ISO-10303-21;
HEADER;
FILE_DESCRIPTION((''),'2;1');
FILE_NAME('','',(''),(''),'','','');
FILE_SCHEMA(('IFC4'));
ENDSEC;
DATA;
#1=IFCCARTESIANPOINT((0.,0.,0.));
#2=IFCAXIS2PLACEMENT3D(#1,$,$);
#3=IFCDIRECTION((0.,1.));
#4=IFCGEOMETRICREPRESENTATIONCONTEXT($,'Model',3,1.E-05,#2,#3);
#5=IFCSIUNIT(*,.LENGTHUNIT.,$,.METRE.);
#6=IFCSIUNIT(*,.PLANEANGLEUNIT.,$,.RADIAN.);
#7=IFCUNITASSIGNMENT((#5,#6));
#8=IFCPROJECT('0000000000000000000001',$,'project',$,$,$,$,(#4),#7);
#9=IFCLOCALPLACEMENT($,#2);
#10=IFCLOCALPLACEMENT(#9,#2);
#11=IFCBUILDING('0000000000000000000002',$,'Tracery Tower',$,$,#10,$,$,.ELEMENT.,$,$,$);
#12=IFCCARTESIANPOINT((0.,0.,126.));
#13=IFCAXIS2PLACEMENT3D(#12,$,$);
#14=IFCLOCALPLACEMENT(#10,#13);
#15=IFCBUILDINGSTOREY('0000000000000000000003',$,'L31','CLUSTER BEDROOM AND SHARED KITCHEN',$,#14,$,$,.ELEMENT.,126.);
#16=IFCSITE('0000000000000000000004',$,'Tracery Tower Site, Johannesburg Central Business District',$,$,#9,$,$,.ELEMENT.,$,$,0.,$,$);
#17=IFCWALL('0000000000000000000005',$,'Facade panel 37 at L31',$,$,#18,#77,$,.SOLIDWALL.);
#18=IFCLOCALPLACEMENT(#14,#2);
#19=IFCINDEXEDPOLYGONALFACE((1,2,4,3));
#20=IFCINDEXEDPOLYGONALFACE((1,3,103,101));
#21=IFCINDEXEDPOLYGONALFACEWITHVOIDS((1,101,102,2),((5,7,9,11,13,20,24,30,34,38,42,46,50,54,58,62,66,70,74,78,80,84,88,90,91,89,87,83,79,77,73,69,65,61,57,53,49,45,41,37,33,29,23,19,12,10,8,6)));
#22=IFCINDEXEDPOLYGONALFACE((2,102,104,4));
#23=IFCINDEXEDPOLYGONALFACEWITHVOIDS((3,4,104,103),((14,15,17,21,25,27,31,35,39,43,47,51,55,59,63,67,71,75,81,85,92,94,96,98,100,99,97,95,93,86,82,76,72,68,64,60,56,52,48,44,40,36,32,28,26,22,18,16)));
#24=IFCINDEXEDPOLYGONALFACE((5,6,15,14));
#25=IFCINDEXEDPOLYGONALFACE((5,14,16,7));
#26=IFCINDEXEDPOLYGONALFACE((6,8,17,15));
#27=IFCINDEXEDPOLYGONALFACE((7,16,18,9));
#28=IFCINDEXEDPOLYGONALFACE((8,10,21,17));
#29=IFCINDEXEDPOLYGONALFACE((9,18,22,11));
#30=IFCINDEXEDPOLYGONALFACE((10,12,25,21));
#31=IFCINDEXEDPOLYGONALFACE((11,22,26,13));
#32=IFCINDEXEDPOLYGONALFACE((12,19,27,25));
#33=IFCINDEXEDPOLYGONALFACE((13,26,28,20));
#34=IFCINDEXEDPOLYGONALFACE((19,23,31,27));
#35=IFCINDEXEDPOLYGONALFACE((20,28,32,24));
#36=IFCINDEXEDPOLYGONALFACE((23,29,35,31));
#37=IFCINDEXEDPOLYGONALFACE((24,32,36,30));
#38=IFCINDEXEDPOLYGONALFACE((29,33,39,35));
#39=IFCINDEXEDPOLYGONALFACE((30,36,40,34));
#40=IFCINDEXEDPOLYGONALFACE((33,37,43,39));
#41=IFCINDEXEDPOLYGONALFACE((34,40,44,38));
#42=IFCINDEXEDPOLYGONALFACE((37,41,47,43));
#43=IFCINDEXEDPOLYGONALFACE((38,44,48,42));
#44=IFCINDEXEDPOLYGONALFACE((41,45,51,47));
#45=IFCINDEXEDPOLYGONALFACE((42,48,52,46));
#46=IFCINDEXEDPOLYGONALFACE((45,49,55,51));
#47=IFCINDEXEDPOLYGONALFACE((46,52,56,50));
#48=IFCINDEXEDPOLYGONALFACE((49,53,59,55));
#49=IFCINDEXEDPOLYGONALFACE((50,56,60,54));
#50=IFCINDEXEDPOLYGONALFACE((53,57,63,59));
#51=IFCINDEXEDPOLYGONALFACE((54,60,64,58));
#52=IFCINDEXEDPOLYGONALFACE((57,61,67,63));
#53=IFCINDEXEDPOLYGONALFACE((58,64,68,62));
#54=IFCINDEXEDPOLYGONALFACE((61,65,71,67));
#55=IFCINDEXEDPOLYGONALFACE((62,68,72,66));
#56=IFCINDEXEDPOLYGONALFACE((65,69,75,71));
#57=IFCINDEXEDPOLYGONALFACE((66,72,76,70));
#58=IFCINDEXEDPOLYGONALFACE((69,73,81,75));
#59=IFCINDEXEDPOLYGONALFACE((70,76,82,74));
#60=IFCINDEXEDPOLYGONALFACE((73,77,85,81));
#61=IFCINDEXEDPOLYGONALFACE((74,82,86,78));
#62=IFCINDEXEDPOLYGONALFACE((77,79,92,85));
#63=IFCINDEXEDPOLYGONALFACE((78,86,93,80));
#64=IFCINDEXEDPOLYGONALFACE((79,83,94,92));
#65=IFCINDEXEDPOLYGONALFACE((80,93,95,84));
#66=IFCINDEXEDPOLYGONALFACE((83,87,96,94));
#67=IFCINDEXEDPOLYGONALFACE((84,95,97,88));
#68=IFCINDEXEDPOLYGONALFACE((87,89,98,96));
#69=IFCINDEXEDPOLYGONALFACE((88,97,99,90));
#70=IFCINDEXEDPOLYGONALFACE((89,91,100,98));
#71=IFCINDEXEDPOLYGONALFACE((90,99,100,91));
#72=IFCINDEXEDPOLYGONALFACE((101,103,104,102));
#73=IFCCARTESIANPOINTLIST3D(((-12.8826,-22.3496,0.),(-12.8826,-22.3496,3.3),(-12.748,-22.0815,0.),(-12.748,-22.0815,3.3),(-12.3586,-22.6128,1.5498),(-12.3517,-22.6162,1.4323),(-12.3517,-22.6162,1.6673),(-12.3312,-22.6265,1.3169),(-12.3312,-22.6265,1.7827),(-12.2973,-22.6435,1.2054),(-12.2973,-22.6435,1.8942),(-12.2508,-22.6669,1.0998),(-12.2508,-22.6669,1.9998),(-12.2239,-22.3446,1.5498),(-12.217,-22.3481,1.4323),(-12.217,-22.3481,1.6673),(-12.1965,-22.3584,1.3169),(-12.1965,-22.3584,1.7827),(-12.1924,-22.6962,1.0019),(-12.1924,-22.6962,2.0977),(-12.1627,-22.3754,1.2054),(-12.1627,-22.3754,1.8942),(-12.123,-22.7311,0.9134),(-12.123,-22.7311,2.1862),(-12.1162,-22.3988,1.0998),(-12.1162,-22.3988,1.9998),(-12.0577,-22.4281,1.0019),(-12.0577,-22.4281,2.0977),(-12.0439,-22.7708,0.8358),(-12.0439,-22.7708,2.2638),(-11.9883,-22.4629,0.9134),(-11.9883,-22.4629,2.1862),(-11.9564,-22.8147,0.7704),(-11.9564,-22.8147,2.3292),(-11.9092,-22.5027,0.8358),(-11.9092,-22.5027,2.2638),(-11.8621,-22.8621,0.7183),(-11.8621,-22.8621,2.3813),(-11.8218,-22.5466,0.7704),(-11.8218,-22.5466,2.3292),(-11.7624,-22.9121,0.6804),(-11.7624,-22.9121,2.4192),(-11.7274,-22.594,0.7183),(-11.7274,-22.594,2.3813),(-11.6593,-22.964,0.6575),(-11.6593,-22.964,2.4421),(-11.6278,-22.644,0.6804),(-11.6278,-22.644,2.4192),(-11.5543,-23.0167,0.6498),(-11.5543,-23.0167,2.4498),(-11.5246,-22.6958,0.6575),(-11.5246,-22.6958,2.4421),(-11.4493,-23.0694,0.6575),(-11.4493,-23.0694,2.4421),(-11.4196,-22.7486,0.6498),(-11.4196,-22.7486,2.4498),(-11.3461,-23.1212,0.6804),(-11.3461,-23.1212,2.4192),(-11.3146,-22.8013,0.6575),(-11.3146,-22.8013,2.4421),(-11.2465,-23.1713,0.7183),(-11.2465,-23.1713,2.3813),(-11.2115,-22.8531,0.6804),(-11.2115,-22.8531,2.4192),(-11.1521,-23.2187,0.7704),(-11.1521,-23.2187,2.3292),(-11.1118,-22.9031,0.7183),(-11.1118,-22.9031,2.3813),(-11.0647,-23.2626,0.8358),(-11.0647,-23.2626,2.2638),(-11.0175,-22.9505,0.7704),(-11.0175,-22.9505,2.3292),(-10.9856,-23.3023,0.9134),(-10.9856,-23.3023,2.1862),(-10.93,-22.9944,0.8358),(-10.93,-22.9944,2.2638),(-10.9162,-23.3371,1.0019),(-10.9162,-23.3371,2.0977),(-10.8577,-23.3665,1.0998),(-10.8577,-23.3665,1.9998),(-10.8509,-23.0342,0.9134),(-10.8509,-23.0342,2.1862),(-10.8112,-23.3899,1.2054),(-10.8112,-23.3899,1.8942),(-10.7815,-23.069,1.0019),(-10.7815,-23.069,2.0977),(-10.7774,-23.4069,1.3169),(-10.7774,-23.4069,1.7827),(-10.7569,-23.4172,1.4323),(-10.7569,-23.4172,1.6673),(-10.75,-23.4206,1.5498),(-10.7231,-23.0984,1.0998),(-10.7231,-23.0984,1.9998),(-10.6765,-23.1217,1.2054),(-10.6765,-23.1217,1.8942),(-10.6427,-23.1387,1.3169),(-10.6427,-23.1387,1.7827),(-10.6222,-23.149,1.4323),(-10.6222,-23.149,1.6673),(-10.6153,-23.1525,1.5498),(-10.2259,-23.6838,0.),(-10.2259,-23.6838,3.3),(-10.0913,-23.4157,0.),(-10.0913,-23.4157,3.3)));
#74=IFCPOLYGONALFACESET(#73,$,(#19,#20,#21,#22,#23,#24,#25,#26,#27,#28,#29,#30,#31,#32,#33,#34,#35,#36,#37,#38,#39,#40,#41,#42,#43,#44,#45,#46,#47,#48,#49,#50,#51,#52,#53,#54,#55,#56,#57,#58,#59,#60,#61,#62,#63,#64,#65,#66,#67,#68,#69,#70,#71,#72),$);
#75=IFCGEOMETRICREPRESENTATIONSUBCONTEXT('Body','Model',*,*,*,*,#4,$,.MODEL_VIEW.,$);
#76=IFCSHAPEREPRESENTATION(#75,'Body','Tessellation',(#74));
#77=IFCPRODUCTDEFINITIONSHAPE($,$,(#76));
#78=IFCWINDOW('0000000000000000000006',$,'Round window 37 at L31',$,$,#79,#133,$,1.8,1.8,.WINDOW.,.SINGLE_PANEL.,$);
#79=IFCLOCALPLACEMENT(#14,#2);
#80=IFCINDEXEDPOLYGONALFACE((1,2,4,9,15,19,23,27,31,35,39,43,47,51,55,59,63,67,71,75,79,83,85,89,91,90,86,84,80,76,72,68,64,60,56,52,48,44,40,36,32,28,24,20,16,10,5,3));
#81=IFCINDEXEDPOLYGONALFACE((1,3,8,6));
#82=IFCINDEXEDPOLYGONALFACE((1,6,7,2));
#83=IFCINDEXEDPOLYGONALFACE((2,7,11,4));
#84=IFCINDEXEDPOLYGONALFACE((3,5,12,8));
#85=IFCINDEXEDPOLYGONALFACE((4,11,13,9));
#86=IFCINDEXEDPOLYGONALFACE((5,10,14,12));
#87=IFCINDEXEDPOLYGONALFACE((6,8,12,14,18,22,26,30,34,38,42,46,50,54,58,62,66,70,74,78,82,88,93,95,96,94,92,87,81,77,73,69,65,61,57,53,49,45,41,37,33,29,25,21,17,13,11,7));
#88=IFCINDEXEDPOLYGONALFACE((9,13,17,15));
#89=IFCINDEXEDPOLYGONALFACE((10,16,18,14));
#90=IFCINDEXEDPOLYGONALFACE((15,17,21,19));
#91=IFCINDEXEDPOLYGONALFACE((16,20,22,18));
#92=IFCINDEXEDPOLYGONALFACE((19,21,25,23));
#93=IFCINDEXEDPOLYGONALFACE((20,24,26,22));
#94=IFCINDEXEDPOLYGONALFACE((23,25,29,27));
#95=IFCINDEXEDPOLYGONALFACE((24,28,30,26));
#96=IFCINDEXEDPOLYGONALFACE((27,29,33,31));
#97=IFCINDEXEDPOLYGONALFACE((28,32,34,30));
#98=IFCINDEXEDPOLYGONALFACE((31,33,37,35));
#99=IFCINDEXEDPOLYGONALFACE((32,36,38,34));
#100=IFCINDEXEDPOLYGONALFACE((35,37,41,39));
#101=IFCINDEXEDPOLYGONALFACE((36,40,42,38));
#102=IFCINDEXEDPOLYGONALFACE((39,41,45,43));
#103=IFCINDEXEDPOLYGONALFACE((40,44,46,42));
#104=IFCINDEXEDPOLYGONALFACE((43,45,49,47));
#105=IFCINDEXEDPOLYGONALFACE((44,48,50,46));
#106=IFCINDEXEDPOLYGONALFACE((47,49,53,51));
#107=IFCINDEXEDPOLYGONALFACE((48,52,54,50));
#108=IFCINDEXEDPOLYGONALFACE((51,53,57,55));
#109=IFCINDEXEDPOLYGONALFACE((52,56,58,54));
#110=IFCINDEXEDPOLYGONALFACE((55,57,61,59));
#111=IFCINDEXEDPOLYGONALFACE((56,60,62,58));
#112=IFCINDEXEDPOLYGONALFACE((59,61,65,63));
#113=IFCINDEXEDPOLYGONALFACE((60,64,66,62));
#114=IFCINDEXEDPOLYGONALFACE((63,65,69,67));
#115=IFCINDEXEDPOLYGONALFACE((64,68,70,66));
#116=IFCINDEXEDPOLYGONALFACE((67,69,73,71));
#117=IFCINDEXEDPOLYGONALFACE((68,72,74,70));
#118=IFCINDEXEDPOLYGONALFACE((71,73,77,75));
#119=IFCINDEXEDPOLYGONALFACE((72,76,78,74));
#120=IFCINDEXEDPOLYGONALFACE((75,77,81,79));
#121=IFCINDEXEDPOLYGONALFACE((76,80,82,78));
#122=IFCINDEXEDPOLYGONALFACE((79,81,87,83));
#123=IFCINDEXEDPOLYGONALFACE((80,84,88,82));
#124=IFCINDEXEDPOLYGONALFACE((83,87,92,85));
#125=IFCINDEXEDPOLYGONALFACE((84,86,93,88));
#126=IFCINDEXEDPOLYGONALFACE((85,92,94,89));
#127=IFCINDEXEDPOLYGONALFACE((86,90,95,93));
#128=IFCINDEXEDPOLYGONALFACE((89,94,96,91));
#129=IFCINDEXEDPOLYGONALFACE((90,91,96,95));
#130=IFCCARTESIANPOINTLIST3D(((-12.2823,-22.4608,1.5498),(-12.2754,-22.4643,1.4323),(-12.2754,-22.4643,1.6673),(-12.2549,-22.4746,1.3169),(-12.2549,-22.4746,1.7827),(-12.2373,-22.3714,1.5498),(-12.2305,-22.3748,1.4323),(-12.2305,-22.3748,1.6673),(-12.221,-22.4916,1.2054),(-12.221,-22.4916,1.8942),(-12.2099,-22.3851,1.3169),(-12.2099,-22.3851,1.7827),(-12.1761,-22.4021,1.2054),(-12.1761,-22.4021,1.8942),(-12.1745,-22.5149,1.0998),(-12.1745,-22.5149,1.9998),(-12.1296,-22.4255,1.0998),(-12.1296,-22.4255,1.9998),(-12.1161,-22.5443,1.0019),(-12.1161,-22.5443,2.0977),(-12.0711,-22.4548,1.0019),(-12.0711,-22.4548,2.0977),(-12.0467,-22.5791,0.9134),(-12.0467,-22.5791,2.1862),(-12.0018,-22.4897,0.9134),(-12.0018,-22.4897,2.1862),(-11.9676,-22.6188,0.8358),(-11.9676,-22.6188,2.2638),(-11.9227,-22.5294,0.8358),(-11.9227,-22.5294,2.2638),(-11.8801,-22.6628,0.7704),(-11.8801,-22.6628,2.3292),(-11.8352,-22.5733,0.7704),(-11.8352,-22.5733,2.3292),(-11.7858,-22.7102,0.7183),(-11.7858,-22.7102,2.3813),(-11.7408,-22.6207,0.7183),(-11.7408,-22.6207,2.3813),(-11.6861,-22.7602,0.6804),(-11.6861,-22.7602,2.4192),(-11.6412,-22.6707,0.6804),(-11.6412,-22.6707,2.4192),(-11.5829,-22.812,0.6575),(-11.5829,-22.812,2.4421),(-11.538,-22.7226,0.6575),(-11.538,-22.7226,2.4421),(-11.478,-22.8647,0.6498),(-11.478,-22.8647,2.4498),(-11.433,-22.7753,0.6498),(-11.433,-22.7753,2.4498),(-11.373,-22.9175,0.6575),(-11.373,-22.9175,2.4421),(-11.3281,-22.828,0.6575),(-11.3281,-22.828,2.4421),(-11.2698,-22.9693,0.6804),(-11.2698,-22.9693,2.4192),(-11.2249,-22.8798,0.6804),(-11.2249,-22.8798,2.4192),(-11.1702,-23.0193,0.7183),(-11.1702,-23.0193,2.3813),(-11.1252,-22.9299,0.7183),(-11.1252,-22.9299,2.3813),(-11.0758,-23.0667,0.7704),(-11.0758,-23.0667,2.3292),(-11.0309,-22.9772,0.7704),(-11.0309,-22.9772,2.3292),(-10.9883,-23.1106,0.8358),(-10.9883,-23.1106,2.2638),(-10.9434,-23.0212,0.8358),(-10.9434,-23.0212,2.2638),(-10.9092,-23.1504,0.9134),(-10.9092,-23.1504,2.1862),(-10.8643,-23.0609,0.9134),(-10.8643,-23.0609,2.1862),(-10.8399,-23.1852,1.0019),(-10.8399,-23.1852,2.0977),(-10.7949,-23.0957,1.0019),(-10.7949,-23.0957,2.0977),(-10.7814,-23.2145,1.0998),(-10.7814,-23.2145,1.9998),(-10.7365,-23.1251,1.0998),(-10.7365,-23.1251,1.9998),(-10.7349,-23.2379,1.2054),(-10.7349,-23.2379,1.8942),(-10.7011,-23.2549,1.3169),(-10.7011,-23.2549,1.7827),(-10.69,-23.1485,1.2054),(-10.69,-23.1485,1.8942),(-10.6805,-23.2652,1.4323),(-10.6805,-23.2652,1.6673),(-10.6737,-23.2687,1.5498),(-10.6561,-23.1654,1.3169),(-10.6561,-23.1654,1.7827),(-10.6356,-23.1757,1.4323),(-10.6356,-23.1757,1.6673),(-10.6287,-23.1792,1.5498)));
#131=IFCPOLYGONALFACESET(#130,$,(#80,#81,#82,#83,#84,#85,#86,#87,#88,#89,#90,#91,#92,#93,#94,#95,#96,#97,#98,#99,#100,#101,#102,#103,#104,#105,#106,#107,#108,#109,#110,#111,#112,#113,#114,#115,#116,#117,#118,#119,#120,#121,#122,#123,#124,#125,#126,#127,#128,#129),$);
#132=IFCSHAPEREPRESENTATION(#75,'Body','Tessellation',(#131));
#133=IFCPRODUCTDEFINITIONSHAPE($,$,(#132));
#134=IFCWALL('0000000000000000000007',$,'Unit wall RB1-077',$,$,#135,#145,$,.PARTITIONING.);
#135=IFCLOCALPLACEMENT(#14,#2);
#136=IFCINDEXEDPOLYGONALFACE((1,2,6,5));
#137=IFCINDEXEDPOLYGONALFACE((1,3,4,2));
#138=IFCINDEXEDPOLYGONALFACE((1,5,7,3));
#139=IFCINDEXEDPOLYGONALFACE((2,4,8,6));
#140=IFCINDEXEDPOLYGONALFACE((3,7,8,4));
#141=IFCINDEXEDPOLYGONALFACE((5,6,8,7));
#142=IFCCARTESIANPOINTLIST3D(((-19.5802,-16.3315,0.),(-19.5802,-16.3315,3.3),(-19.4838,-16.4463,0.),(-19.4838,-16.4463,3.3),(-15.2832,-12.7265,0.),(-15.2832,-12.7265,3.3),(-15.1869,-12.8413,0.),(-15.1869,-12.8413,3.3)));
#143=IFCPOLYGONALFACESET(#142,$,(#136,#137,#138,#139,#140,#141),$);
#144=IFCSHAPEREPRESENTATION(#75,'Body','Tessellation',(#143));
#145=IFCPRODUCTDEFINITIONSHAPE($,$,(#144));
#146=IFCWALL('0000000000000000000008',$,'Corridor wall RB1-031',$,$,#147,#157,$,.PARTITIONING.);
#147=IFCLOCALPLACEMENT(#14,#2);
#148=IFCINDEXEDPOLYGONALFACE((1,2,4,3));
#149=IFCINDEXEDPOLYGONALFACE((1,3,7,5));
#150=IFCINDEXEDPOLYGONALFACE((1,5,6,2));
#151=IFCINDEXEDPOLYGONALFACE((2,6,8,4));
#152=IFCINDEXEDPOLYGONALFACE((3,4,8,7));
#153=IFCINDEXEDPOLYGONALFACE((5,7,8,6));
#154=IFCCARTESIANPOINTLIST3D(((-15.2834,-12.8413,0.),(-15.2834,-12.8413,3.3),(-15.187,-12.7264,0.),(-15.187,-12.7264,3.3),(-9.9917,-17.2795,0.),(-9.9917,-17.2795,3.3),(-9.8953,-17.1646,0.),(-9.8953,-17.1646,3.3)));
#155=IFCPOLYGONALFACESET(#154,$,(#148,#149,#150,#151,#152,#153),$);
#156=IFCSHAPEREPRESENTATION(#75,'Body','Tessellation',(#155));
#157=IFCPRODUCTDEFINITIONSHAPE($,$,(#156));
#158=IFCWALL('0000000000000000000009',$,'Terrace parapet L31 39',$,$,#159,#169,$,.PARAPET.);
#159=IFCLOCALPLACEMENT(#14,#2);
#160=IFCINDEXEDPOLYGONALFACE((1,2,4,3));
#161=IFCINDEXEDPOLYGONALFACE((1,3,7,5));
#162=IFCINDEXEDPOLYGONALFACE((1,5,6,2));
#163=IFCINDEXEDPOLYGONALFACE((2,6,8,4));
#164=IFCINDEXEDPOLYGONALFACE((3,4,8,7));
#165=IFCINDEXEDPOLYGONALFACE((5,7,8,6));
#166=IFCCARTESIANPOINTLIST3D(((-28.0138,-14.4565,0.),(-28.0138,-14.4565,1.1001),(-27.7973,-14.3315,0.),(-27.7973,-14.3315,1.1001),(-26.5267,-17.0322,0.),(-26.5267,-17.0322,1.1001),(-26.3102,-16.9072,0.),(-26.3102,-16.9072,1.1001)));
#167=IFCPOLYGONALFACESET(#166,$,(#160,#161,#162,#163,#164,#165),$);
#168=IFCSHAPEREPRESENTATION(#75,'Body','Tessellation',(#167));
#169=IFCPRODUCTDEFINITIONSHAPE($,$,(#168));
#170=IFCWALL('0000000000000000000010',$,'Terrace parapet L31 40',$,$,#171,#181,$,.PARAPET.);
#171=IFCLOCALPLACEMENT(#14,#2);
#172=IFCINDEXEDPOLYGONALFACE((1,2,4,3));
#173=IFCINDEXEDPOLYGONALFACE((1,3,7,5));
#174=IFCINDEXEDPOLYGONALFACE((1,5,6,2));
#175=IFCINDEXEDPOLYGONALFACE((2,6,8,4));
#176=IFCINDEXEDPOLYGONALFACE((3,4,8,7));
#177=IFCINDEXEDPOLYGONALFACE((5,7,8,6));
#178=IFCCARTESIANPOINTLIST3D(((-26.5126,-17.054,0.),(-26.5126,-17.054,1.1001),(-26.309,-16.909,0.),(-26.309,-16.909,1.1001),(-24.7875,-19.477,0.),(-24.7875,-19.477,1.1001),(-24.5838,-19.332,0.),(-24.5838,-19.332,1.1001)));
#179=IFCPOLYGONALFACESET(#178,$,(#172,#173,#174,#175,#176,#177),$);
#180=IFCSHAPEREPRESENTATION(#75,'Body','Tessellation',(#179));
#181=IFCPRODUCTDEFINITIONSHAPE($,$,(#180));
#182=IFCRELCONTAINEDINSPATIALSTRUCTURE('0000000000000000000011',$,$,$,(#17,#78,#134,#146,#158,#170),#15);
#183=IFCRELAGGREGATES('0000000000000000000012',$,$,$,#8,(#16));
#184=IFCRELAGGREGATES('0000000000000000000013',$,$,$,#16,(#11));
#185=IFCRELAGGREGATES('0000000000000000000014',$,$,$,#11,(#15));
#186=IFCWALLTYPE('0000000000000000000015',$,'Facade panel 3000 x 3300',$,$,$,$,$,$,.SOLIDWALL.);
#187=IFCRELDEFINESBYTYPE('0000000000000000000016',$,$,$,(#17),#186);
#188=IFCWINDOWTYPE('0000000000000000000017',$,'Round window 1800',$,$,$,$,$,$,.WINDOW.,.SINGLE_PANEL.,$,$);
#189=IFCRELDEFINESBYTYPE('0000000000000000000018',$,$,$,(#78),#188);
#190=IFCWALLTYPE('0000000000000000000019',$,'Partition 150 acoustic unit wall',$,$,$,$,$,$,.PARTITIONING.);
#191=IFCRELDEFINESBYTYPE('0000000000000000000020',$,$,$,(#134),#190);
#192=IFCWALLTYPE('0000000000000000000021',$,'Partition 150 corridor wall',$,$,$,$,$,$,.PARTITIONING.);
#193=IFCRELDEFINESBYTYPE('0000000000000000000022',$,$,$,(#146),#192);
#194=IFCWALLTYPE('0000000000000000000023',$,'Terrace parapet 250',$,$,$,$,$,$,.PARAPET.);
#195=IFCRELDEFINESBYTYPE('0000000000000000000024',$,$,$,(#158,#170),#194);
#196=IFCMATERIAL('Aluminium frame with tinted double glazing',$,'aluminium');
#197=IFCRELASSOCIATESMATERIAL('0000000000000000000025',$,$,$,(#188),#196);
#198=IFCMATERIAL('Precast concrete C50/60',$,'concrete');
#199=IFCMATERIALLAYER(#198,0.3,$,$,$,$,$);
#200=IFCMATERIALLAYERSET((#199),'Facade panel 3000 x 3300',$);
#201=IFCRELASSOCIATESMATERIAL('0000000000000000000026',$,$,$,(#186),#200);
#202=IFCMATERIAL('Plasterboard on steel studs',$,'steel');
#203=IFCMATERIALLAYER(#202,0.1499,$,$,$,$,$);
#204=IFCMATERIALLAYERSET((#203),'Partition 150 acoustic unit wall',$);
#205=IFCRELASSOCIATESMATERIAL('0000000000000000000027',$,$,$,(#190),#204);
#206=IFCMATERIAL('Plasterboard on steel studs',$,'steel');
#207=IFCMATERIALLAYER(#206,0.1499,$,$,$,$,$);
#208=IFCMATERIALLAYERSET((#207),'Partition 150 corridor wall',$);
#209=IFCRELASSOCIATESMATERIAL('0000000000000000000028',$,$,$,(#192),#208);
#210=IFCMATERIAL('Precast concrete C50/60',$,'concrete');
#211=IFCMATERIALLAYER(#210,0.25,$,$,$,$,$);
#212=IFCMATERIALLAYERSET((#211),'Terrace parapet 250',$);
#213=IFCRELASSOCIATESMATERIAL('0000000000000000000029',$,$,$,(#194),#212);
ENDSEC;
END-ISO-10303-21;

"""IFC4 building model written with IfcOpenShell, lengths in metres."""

from ifc_helpers import new_model, si_unit, direction, frame, frame_2d, origin, origin_2d, place, context, subcontext, project, spatial, rectangle, circle, extrude, material, layer, layer_set, type_object, element, fill, save


model = new_model("IFC4")

# Units and contexts
model_context = context("Model", 3, precision=1e-05, world=origin(), true_north=direction((0.0, 1.0)))
body_context = subcontext(model_context, "Body", "Model", "MODEL_VIEW")
ifc_project = project(units=[si_unit("LENGTHUNIT", "METRE"), si_unit("PLANEANGLEUNIT", "RADIAN")], contexts=[model_context])

# Site, building, storey
site_placement = place(None, origin())
site = spatial("IfcSite", under=ifc_project, at=site_placement, Name="Tracery Tower Site, Johannesburg Central Business District", CompositionType="ELEMENT", RefElevation=0.0)
building_placement = place(site_placement, origin())
building = spatial("IfcBuilding", under=site, at=building_placement, Name="Tracery Tower", CompositionType="ELEMENT")
storey_placement = place(building_placement, frame((0.0, 0.0, 126.0)))
storey = spatial("IfcBuildingStorey", under=building, at=storey_placement, Name="L31", Description="CLUSTER BEDROOM AND SHARED KITCHEN", CompositionType="ELEMENT", Elevation=126.0)

# Wall, opening, window
ifc_material_1 = material(Name="Aluminium frame with tinted double glazing", Category="aluminium")
window_type = type_object("IfcWindowType", Name="Round window 1800", PartitioningType="SINGLE_PANEL", PredefinedType="WINDOW", material=ifc_material_1)
ifc_material_2 = material(Name="Precast concrete C50/60", Category="concrete")
ifc_layer_1 = layer(ifc_material_2, 0.3)
ifc_layer_set_1 = layer_set([ifc_layer_1], Name="Facade panel 3000 x 3300")
wall_type_1 = type_object("IfcWallType", Name="Facade panel 3000 x 3300", PredefinedType="SOLIDWALL", material=ifc_layer_set_1)
wall_1_placement = place(storey_placement, frame((-12.8152, -22.2156, 0.0), z_axis=(0.0, 0.0, 1.0), x_axis=(0.893637, -0.44879, 0.0)))
wall_1 = element("IfcWall", 1, at=wall_1_placement, inside=storey, type_object=wall_type_1, Name="Facade panel 37 at L31", PredefinedType="SOLIDWALL", context=body_context, shape_type="SweptSolid", body=[
    extrude(rectangle(XDim=2.9729, YDim=0.3, at=frame_2d((1.4863, 0.0))), origin(), (0.0, 0.0, 1.0), 3.3),
])
opening_1_placement = place(wall_1_placement, frame((1.4863, 0.0, 1.5498)))
opening_1 = element("IfcOpeningElement", 2, at=opening_1_placement, cuts=wall_1, PredefinedType="OPENING", context=body_context, shape_type="SweptSolid", body=[
    extrude(circle(Radius=0.9, at=origin_2d()), frame((0.0, 0.1599, 0.0), z_axis=(0.0, -1.0, 0.0), x_axis=(1.0, 0.0, 0.0)), (0.0, 0.0, 1.0), 0.3201),
])
window_1_placement = place(opening_1_placement, origin())
window_1 = element("IfcWindow", 3, at=window_1_placement, inside=storey, type_object=window_type, Name="Round window 37 at L31", OverallHeight=1.8, OverallWidth=1.8, PartitioningType="SINGLE_PANEL", PredefinedType="WINDOW", context=body_context, shape_type="SweptSolid", body=[
    extrude(circle(Radius=0.9, at=origin_2d()), frame((0.0, 0.1201, 0.0), z_axis=(0.0, -1.0, 0.0), x_axis=(1.0, 0.0, 0.0)), (0.0, 0.0, 1.0), 0.1001),
])
fill(opening_1, window_1)

# Walls
ifc_material_3 = material(Name="Plasterboard on steel studs", Category="steel")
ifc_layer_2 = layer(ifc_material_3, 0.1499)
ifc_layer_set_2 = layer_set([ifc_layer_2], Name="Partition 150 acoustic unit wall")
wall_type_2 = type_object("IfcWallType", Name="Partition 150 acoustic unit wall", PredefinedType="PARTITIONING", material=ifc_layer_set_2)
wall_2_placement = place(storey_placement, frame((-19.532, -16.3889, 0.0), z_axis=(0.0, 0.0, 1.0), x_axis=(0.766091, 0.642733, 0.0)))
element("IfcWall", 4, at=wall_2_placement, inside=storey, type_object=wall_type_2, Name="Unit wall RB1-077", PredefinedType="PARTITIONING", context=body_context, shape_type="SweptSolid", body=[
    extrude(rectangle(XDim=5.6089, YDim=0.1499, at=frame_2d((2.8044, 0.0))), origin(), (0.0, 0.0, 1.0), 3.3),
])
ifc_material_4 = material(Name="Plasterboard on steel studs", Category="steel")
ifc_layer_3 = layer(ifc_material_4, 0.1499)
ifc_layer_set_3 = layer_set([ifc_layer_3], Name="Partition 150 corridor wall")
wall_type_3 = type_object("IfcWallType", Name="Partition 150 corridor wall", PredefinedType="PARTITIONING", material=ifc_layer_set_3)
wall_3_placement = place(storey_placement, frame((-15.2351, -12.7839, 0.0), z_axis=(0.0, 0.0, 1.0), x_axis=(0.766192, -0.642612, 0.0)))
element("IfcWall", 5, at=wall_3_placement, inside=storey, type_object=wall_type_3, Name="Corridor wall RB1-031", PredefinedType="PARTITIONING", context=body_context, shape_type="SweptSolid", body=[
    extrude(rectangle(XDim=6.9065, YDim=0.1499, at=frame_2d((3.4531, 0.0))), origin(), (0.0, 0.0, 1.0), 3.3),
])
ifc_material_5 = material(Name="Precast concrete C50/60", Category="concrete")
ifc_layer_4 = layer(ifc_material_5, 0.25)
ifc_layer_set_4 = layer_set([ifc_layer_4], Name="Terrace parapet 250")
wall_type_4 = type_object("IfcWallType", Name="Terrace parapet 250", PredefinedType="PARAPET", material=ifc_layer_set_4)
wall_4_placement = place(storey_placement, frame((-27.9055, -14.394, 0.0), z_axis=(0.0, 0.0, 1.0), x_axis=(0.499997, -0.866027, 0.0)))
element("IfcWall", 6, at=wall_4_placement, inside=storey, type_object=wall_type_4, Name="Terrace parapet L31 39", PredefinedType="PARAPET", context=body_context, shape_type="SweptSolid", body=[
    extrude(rectangle(XDim=2.9741, YDim=0.25, at=frame_2d((1.4871, 0.0))), origin(), (0.0, 0.0, 1.0), 1.1001),
])
wall_5_placement = place(storey_placement, frame((-26.4109, -16.9814, 0.0), z_axis=(0.0, 0.0, 1.0), x_axis=(0.580011, -0.814609, 0.0)))
element("IfcWall", 7, at=wall_5_placement, inside=storey, type_object=wall_type_4, Name="Terrace parapet L31 40", PredefinedType="PARAPET", context=body_context, shape_type="SweptSolid", body=[
    extrude(rectangle(XDim=2.9744, YDim=0.25, at=frame_2d((1.4873, 0.0))), origin(), (0.0, 0.0, 1.0), 1.1001),
])

save(model, "model.ifc")
